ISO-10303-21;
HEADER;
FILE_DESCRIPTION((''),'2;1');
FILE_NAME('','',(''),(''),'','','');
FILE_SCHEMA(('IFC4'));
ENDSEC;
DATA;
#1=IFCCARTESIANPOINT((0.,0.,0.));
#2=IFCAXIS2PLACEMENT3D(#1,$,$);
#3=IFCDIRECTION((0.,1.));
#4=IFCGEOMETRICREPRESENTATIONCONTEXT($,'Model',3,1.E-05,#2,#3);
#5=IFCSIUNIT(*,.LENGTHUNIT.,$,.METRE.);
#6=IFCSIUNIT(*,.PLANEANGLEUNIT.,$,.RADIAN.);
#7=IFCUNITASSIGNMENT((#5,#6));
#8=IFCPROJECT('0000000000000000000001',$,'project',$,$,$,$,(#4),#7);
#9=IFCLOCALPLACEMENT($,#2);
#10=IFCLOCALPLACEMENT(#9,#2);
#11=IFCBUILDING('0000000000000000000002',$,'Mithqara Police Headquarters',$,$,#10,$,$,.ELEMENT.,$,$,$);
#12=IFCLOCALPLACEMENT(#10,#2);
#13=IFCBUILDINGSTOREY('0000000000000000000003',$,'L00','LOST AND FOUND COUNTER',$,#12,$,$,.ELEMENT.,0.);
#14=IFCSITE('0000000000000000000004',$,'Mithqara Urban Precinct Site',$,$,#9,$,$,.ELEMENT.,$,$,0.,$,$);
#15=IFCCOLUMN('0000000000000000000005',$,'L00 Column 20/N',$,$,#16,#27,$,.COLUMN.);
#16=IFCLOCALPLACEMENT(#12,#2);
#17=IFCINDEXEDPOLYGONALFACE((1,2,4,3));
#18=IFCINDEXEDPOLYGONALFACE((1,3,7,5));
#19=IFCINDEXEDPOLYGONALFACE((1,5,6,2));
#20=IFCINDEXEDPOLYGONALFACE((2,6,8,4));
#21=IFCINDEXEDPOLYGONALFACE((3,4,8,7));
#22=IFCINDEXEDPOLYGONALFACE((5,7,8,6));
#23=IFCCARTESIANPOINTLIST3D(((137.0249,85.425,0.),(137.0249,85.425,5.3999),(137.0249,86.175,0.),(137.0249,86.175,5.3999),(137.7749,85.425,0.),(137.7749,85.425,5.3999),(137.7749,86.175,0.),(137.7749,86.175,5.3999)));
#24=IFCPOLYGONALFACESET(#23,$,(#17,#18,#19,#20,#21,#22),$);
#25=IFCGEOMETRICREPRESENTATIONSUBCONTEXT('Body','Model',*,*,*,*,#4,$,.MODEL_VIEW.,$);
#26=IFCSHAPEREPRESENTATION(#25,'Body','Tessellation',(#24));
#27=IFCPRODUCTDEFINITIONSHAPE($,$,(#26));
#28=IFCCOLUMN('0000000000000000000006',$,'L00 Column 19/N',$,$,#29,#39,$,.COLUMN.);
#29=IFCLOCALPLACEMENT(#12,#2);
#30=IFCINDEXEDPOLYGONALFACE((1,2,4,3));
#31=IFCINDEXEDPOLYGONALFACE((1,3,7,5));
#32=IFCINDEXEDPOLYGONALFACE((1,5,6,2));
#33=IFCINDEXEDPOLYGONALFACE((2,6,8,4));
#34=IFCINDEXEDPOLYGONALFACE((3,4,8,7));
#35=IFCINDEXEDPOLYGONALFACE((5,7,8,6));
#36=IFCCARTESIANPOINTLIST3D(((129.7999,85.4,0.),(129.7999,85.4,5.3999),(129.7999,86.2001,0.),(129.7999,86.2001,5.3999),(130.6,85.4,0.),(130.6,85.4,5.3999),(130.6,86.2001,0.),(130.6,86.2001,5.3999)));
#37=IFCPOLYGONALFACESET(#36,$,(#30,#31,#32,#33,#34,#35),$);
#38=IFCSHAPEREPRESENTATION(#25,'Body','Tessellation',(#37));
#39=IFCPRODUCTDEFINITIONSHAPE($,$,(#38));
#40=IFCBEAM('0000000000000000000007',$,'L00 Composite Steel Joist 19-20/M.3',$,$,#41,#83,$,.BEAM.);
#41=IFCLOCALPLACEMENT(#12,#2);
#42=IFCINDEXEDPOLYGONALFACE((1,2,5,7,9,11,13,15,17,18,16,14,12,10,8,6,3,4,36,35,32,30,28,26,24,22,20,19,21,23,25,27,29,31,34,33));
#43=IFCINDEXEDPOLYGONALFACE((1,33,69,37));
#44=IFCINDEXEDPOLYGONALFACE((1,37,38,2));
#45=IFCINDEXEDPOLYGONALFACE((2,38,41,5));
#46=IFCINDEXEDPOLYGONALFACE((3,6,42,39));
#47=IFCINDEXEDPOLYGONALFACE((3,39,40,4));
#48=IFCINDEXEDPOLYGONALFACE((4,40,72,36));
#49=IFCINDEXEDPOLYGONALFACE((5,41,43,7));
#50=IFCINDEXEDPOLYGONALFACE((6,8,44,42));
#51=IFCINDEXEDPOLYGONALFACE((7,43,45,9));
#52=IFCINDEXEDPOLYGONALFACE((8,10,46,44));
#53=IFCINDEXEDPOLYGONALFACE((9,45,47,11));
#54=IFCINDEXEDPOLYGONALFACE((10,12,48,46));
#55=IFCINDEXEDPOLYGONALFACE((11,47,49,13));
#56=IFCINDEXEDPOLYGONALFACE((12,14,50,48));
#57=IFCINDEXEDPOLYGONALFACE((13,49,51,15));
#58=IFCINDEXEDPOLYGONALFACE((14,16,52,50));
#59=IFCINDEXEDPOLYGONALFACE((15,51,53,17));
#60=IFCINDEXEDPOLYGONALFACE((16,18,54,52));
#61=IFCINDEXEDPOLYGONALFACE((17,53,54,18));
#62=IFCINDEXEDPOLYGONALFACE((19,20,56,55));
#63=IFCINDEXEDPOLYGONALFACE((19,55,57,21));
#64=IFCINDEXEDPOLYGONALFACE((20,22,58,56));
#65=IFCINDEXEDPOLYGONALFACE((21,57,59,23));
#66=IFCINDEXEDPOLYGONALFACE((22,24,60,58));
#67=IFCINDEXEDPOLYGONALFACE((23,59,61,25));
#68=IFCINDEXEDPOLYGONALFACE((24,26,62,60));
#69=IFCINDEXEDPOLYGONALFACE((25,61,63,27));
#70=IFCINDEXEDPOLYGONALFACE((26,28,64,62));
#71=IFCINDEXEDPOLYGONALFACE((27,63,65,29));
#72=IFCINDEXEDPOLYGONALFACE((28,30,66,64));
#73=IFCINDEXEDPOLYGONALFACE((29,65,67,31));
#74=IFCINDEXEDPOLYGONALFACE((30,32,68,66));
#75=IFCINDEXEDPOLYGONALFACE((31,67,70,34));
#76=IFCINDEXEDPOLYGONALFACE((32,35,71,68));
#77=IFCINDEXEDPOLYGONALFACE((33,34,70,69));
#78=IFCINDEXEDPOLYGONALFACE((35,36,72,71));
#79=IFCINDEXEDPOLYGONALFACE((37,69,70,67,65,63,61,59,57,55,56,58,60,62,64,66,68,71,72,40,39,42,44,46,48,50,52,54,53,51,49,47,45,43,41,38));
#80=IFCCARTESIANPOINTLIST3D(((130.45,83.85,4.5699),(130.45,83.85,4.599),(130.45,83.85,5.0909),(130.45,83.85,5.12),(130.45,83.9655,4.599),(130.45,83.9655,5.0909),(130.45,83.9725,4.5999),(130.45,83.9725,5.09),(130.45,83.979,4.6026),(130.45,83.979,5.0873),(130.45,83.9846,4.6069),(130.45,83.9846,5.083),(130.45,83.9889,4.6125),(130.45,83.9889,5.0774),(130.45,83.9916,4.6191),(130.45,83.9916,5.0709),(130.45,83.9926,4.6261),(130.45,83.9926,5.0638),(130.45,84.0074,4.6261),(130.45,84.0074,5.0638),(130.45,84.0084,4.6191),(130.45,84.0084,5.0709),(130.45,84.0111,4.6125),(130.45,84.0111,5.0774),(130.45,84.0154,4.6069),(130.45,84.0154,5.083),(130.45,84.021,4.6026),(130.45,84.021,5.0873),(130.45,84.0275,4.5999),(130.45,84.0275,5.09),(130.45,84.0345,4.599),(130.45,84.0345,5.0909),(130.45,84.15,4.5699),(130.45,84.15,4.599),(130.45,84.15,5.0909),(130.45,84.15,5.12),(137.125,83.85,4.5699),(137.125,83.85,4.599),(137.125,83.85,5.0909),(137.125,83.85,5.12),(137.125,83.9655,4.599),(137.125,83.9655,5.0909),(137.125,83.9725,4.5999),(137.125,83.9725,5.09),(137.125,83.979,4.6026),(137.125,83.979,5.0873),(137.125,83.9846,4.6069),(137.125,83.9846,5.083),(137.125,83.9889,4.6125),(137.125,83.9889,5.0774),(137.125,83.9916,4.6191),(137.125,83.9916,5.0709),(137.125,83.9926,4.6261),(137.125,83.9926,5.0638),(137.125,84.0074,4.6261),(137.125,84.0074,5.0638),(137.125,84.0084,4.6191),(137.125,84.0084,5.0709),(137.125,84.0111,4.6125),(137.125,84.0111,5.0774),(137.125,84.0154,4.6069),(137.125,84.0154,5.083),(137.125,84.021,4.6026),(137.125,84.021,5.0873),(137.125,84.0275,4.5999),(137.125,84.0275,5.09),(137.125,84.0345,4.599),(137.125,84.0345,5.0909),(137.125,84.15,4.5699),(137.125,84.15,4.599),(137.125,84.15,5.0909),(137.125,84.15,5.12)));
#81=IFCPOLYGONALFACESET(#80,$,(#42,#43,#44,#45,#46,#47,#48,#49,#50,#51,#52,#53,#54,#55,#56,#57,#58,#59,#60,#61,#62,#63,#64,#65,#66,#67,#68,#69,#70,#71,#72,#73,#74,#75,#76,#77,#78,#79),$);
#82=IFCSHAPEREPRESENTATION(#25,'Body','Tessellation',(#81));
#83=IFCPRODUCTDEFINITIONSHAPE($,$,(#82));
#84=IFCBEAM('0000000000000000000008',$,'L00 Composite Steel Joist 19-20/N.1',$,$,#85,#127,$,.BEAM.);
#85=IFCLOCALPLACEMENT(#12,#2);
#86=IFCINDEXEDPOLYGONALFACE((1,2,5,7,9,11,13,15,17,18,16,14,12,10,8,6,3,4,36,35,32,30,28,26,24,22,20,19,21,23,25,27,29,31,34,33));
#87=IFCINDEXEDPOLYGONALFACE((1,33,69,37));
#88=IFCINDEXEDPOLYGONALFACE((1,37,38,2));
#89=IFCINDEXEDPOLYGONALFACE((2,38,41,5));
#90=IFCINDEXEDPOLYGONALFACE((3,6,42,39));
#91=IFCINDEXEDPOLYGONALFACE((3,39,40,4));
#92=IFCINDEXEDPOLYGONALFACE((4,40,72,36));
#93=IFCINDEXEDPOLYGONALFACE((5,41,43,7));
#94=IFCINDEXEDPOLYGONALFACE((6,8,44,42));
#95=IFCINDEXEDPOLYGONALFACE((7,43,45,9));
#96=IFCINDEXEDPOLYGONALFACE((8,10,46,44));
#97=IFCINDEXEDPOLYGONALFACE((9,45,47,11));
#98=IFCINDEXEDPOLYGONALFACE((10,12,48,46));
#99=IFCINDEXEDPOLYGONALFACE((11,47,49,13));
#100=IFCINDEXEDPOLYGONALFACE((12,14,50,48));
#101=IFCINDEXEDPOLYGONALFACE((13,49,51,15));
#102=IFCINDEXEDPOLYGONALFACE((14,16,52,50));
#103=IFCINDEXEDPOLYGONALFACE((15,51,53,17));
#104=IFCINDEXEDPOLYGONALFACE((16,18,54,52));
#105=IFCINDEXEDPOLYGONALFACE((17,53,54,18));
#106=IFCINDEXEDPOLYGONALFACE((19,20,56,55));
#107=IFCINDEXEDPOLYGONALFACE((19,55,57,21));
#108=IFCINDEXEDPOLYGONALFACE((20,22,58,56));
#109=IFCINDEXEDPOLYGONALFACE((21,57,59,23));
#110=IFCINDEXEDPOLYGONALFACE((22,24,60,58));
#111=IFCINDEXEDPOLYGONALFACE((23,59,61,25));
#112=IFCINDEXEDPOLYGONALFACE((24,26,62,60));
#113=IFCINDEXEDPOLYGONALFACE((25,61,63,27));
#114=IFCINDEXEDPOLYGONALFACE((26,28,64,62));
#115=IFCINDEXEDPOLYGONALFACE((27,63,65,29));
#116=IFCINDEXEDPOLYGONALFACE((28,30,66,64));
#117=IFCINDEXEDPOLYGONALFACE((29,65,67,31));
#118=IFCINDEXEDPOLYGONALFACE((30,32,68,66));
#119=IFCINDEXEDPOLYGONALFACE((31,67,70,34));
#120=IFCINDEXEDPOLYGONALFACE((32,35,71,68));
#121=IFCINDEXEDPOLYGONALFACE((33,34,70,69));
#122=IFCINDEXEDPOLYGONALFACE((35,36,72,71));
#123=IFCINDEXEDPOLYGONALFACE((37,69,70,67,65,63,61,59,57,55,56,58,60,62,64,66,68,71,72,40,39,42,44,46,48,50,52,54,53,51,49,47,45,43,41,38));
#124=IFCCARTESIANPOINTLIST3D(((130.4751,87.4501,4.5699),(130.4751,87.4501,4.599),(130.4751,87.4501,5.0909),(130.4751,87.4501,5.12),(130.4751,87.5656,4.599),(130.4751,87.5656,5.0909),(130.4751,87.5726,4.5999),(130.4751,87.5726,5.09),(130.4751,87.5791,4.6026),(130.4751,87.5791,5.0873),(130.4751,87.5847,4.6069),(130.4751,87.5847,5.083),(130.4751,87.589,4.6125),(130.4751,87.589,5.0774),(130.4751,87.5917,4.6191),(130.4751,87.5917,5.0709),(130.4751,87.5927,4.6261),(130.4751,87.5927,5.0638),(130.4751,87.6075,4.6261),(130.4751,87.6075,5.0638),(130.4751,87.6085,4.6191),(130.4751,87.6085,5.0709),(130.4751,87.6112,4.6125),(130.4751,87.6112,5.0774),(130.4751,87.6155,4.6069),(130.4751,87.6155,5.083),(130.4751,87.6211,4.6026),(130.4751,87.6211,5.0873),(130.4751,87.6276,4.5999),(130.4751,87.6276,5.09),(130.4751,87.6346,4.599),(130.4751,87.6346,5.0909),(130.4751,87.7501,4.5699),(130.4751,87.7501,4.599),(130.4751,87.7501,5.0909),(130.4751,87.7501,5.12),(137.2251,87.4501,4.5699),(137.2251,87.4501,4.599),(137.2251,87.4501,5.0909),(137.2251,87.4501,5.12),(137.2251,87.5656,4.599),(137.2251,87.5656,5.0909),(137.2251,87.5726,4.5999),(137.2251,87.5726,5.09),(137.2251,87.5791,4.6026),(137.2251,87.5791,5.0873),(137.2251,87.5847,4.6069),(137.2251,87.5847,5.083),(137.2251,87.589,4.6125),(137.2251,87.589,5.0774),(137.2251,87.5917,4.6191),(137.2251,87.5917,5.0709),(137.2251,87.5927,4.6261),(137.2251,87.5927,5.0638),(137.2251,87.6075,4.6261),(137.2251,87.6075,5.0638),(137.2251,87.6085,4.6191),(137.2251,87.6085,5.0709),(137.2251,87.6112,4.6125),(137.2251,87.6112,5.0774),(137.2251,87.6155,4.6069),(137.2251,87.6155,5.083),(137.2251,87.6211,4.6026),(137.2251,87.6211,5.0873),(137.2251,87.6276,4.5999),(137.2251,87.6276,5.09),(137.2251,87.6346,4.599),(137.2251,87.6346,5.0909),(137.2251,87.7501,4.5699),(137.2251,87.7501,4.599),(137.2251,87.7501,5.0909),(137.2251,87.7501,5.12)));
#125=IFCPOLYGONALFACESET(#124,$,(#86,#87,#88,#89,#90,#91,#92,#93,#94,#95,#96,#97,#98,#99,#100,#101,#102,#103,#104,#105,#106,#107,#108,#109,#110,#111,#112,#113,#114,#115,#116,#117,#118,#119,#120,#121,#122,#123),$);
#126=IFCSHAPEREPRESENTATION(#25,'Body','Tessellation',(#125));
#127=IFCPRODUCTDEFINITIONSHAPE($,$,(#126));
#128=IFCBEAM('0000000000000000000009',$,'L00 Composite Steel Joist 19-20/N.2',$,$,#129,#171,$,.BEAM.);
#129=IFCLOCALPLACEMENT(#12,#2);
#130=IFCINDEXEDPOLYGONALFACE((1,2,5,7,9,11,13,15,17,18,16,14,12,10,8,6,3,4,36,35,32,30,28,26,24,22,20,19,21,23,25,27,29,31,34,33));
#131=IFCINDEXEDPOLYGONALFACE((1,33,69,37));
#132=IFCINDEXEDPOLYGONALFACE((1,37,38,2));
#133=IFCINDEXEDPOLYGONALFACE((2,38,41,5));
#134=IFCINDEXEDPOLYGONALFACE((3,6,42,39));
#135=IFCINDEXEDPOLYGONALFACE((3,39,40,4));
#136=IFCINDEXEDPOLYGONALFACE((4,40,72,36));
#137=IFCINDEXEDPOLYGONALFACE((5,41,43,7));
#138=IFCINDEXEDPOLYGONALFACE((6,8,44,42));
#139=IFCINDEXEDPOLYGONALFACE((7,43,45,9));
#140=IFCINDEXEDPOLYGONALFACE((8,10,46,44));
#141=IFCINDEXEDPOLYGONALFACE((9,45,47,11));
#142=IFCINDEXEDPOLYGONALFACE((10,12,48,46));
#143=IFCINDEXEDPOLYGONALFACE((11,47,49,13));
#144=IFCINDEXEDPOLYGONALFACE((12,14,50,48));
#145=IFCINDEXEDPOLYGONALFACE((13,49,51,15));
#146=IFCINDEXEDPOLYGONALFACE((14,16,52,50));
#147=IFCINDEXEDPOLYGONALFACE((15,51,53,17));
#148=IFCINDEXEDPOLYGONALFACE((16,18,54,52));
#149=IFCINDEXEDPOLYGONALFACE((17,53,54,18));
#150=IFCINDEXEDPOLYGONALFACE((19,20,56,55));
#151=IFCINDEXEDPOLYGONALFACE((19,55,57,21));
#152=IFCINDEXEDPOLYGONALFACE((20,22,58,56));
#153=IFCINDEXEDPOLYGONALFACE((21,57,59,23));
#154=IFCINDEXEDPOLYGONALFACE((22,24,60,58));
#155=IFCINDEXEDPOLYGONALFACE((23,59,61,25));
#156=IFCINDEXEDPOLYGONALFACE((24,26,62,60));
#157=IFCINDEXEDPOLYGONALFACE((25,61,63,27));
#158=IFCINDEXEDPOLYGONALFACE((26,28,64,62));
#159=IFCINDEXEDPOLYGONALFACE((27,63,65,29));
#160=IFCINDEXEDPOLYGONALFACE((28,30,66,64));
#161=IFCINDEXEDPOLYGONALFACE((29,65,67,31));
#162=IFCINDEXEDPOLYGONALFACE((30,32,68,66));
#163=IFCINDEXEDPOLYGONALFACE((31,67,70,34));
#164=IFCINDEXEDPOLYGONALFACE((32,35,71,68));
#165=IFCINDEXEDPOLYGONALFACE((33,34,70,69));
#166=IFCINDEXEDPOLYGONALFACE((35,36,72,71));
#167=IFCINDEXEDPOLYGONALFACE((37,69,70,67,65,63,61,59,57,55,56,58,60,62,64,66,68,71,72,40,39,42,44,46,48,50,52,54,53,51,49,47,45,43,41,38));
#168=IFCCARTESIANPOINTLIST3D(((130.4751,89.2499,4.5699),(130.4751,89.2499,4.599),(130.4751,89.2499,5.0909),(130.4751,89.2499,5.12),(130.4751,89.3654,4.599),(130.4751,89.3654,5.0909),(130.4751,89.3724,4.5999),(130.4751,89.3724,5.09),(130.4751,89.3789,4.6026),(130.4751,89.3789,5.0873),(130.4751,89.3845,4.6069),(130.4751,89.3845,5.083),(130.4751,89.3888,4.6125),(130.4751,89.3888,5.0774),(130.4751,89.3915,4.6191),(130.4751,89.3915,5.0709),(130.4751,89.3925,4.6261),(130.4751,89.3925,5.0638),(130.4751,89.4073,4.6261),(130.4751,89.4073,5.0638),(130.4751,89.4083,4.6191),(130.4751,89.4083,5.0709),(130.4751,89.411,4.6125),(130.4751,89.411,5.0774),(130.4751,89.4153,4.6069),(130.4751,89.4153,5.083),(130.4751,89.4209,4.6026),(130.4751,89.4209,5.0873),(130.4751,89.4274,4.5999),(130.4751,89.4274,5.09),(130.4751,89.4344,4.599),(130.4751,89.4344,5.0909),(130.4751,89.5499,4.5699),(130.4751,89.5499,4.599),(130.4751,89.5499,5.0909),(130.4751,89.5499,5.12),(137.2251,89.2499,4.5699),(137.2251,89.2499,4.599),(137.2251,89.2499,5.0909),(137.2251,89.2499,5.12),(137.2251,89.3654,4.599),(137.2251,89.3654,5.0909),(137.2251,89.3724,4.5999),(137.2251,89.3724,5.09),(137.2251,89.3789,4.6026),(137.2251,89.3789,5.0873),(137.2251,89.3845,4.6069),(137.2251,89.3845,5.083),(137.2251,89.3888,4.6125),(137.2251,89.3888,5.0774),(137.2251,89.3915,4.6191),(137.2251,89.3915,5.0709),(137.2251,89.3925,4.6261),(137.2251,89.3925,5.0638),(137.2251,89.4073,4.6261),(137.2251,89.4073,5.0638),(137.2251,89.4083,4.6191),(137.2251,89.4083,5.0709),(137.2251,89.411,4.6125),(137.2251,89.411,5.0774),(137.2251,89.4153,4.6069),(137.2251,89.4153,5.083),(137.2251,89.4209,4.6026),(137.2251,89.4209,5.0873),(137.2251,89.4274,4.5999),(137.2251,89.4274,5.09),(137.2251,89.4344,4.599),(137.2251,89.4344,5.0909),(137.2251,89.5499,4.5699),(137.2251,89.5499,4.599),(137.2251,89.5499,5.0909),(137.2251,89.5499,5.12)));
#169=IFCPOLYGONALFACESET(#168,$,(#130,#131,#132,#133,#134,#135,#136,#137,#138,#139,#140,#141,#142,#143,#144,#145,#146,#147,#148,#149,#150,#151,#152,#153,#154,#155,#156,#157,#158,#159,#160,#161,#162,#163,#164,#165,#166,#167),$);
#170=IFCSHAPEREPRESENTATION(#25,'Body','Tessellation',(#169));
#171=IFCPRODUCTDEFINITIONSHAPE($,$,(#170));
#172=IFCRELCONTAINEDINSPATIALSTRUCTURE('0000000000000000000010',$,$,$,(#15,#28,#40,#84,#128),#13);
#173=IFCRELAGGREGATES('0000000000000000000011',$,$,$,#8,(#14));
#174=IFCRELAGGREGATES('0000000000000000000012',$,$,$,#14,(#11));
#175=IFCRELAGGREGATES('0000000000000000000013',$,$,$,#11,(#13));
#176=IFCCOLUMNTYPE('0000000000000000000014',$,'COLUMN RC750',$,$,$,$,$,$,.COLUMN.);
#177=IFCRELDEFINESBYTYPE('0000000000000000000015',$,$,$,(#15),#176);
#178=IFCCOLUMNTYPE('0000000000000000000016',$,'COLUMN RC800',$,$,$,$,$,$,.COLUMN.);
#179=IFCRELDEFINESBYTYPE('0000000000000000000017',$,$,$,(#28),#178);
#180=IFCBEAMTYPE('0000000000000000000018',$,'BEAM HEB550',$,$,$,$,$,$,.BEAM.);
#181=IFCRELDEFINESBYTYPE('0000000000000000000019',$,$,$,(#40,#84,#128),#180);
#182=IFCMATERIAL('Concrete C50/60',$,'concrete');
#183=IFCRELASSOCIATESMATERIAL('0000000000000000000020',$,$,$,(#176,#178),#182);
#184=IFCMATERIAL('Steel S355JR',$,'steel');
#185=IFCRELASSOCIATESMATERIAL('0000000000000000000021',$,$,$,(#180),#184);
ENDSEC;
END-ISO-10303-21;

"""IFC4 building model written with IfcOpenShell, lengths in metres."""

from ifc_helpers import new_model, si_unit, direction, frame, origin, origin_2d, place, context, subcontext, project, spatial, rectangle, i_section, extrude, material, material_profile, profile_set, type_object, element, save


model = new_model("IFC4")

# Units and contexts
model_context = context("Model", 3, precision=1e-05, world=origin(), true_north=direction((0.0, 1.0)))
body_context = subcontext(model_context, "Body", "Model", "MODEL_VIEW")
ifc_project = project(units=[si_unit("LENGTHUNIT", "METRE"), si_unit("PLANEANGLEUNIT", "RADIAN")], contexts=[model_context])

# Site, building, storey
site_placement = place(None, origin())
site = spatial("IfcSite", under=ifc_project, at=site_placement, Name="Mithqara Urban Precinct Site", CompositionType="ELEMENT", RefElevation=0.0)
building_placement = place(site_placement, origin())
building = spatial("IfcBuilding", under=site, at=building_placement, Name="Mithqara Police Headquarters", CompositionType="ELEMENT")
storey_placement = place(building_placement, origin())
storey = spatial("IfcBuildingStorey", under=building, at=storey_placement, Name="L00", Description="LOST AND FOUND COUNTER", CompositionType="ELEMENT", Elevation=0.0)

# Columns
ifc_material_1 = material(Name="Concrete C50/60", Category="concrete")
ifc_material_profile_1 = material_profile(ifc_material_1, rectangle(XDim=0.75, YDim=0.75, at=origin_2d()), Name="RC 750x750")
ifc_profile_set_1 = profile_set([ifc_material_profile_1], Name="Concrete C50/60")
column_type_1 = type_object("IfcColumnType", Name="COLUMN RC750", PredefinedType="COLUMN", material=ifc_profile_set_1)
column_1_placement = place(storey_placement, frame((137.3999, 85.8, 0.0), z_axis=(0.0, 0.0, 1.0), x_axis=(1.0, 0.0, 0.0)))
element("IfcColumn", 1, at=column_1_placement, inside=storey, type_object=column_type_1, Name="L00 Column 20/N", PredefinedType="COLUMN", context=body_context, shape_type="SweptSolid", body=[
    extrude(rectangle(XDim=0.75, YDim=0.75, at=origin_2d()), origin(), (0.0, 0.0, 1.0), 5.3999),
])
ifc_material_profile_2 = material_profile(ifc_material_1, rectangle(XDim=0.8, YDim=0.8, at=origin_2d()), Name="RC 800x800")
ifc_profile_set_2 = profile_set([ifc_material_profile_2], Name="Concrete C50/60")
column_type_2 = type_object("IfcColumnType", Name="COLUMN RC800", PredefinedType="COLUMN", material=ifc_profile_set_2)
column_2_placement = place(storey_placement, frame((130.2, 85.8, 0.0), z_axis=(0.0, 0.0, 1.0), x_axis=(1.0, 0.0, 0.0)))
element("IfcColumn", 2, at=column_2_placement, inside=storey, type_object=column_type_2, Name="L00 Column 19/N", PredefinedType="COLUMN", context=body_context, shape_type="SweptSolid", body=[
    extrude(rectangle(XDim=0.8, YDim=0.8, at=origin_2d()), origin(), (0.0, 0.0, 1.0), 5.3999),
])

# Beams
ifc_material_2 = material(Name="Steel S355JR", Category="steel")
ifc_material_profile_3 = material_profile(ifc_material_2, i_section(OverallWidth=0.3, OverallDepth=0.55, WebThickness=0.0149, FlangeThickness=0.0291, FilletRadius=0.0271, at=origin_2d()), Name="HEB 550")
ifc_profile_set_3 = profile_set([ifc_material_profile_3], Name="Steel S355JR")
beam_type_1 = type_object("IfcBeamType", Name="BEAM HEB550", PredefinedType="BEAM", material=ifc_profile_set_3)
beam_1_placement = place(storey_placement, frame((130.45, 84.0, 4.845), z_axis=(1.0, 0.0, 0.0), x_axis=(0.0, 1.0, 0.0)))
element("IfcBeam", 3, at=beam_1_placement, inside=storey, type_object=beam_type_1, Name="L00 Composite Steel Joist 19-20/M.3", PredefinedType="BEAM", context=body_context, shape_type="SweptSolid", body=[
    extrude(i_section(OverallWidth=0.3, OverallDepth=0.55, WebThickness=0.0149, FlangeThickness=0.0291, FilletRadius=0.0271, at=origin_2d()), origin(), (0.0, 0.0, 1.0), 6.675),
])
for number, where, z_axis, x_axis, name in (
    (4, (130.4751, 87.6001, 4.845), (1.0, 0.0, 0.0), (0.0, 1.0, 0.0), "L00 Composite Steel Joist 19-20/N.1"),
    (5, (130.4751, 89.3999, 4.845), (1.0, 0.0, 0.0), (0.0, 1.0, 0.0), "L00 Composite Steel Joist 19-20/N.2"),
):
    element("IfcBeam", number, at=place(storey_placement, frame(where, z_axis=z_axis, x_axis=x_axis)), inside=storey, type_object=beam_type_1, Name=name, PredefinedType="BEAM", context=body_context, shape_type="SweptSolid", body=[
        extrude(i_section(OverallWidth=0.3, OverallDepth=0.55, WebThickness=0.0149, FlangeThickness=0.0291, FilletRadius=0.0271, at=origin_2d()), origin(), (0.0, 0.0, 1.0), 6.75),
    ])

save(model, "model.ifc")
